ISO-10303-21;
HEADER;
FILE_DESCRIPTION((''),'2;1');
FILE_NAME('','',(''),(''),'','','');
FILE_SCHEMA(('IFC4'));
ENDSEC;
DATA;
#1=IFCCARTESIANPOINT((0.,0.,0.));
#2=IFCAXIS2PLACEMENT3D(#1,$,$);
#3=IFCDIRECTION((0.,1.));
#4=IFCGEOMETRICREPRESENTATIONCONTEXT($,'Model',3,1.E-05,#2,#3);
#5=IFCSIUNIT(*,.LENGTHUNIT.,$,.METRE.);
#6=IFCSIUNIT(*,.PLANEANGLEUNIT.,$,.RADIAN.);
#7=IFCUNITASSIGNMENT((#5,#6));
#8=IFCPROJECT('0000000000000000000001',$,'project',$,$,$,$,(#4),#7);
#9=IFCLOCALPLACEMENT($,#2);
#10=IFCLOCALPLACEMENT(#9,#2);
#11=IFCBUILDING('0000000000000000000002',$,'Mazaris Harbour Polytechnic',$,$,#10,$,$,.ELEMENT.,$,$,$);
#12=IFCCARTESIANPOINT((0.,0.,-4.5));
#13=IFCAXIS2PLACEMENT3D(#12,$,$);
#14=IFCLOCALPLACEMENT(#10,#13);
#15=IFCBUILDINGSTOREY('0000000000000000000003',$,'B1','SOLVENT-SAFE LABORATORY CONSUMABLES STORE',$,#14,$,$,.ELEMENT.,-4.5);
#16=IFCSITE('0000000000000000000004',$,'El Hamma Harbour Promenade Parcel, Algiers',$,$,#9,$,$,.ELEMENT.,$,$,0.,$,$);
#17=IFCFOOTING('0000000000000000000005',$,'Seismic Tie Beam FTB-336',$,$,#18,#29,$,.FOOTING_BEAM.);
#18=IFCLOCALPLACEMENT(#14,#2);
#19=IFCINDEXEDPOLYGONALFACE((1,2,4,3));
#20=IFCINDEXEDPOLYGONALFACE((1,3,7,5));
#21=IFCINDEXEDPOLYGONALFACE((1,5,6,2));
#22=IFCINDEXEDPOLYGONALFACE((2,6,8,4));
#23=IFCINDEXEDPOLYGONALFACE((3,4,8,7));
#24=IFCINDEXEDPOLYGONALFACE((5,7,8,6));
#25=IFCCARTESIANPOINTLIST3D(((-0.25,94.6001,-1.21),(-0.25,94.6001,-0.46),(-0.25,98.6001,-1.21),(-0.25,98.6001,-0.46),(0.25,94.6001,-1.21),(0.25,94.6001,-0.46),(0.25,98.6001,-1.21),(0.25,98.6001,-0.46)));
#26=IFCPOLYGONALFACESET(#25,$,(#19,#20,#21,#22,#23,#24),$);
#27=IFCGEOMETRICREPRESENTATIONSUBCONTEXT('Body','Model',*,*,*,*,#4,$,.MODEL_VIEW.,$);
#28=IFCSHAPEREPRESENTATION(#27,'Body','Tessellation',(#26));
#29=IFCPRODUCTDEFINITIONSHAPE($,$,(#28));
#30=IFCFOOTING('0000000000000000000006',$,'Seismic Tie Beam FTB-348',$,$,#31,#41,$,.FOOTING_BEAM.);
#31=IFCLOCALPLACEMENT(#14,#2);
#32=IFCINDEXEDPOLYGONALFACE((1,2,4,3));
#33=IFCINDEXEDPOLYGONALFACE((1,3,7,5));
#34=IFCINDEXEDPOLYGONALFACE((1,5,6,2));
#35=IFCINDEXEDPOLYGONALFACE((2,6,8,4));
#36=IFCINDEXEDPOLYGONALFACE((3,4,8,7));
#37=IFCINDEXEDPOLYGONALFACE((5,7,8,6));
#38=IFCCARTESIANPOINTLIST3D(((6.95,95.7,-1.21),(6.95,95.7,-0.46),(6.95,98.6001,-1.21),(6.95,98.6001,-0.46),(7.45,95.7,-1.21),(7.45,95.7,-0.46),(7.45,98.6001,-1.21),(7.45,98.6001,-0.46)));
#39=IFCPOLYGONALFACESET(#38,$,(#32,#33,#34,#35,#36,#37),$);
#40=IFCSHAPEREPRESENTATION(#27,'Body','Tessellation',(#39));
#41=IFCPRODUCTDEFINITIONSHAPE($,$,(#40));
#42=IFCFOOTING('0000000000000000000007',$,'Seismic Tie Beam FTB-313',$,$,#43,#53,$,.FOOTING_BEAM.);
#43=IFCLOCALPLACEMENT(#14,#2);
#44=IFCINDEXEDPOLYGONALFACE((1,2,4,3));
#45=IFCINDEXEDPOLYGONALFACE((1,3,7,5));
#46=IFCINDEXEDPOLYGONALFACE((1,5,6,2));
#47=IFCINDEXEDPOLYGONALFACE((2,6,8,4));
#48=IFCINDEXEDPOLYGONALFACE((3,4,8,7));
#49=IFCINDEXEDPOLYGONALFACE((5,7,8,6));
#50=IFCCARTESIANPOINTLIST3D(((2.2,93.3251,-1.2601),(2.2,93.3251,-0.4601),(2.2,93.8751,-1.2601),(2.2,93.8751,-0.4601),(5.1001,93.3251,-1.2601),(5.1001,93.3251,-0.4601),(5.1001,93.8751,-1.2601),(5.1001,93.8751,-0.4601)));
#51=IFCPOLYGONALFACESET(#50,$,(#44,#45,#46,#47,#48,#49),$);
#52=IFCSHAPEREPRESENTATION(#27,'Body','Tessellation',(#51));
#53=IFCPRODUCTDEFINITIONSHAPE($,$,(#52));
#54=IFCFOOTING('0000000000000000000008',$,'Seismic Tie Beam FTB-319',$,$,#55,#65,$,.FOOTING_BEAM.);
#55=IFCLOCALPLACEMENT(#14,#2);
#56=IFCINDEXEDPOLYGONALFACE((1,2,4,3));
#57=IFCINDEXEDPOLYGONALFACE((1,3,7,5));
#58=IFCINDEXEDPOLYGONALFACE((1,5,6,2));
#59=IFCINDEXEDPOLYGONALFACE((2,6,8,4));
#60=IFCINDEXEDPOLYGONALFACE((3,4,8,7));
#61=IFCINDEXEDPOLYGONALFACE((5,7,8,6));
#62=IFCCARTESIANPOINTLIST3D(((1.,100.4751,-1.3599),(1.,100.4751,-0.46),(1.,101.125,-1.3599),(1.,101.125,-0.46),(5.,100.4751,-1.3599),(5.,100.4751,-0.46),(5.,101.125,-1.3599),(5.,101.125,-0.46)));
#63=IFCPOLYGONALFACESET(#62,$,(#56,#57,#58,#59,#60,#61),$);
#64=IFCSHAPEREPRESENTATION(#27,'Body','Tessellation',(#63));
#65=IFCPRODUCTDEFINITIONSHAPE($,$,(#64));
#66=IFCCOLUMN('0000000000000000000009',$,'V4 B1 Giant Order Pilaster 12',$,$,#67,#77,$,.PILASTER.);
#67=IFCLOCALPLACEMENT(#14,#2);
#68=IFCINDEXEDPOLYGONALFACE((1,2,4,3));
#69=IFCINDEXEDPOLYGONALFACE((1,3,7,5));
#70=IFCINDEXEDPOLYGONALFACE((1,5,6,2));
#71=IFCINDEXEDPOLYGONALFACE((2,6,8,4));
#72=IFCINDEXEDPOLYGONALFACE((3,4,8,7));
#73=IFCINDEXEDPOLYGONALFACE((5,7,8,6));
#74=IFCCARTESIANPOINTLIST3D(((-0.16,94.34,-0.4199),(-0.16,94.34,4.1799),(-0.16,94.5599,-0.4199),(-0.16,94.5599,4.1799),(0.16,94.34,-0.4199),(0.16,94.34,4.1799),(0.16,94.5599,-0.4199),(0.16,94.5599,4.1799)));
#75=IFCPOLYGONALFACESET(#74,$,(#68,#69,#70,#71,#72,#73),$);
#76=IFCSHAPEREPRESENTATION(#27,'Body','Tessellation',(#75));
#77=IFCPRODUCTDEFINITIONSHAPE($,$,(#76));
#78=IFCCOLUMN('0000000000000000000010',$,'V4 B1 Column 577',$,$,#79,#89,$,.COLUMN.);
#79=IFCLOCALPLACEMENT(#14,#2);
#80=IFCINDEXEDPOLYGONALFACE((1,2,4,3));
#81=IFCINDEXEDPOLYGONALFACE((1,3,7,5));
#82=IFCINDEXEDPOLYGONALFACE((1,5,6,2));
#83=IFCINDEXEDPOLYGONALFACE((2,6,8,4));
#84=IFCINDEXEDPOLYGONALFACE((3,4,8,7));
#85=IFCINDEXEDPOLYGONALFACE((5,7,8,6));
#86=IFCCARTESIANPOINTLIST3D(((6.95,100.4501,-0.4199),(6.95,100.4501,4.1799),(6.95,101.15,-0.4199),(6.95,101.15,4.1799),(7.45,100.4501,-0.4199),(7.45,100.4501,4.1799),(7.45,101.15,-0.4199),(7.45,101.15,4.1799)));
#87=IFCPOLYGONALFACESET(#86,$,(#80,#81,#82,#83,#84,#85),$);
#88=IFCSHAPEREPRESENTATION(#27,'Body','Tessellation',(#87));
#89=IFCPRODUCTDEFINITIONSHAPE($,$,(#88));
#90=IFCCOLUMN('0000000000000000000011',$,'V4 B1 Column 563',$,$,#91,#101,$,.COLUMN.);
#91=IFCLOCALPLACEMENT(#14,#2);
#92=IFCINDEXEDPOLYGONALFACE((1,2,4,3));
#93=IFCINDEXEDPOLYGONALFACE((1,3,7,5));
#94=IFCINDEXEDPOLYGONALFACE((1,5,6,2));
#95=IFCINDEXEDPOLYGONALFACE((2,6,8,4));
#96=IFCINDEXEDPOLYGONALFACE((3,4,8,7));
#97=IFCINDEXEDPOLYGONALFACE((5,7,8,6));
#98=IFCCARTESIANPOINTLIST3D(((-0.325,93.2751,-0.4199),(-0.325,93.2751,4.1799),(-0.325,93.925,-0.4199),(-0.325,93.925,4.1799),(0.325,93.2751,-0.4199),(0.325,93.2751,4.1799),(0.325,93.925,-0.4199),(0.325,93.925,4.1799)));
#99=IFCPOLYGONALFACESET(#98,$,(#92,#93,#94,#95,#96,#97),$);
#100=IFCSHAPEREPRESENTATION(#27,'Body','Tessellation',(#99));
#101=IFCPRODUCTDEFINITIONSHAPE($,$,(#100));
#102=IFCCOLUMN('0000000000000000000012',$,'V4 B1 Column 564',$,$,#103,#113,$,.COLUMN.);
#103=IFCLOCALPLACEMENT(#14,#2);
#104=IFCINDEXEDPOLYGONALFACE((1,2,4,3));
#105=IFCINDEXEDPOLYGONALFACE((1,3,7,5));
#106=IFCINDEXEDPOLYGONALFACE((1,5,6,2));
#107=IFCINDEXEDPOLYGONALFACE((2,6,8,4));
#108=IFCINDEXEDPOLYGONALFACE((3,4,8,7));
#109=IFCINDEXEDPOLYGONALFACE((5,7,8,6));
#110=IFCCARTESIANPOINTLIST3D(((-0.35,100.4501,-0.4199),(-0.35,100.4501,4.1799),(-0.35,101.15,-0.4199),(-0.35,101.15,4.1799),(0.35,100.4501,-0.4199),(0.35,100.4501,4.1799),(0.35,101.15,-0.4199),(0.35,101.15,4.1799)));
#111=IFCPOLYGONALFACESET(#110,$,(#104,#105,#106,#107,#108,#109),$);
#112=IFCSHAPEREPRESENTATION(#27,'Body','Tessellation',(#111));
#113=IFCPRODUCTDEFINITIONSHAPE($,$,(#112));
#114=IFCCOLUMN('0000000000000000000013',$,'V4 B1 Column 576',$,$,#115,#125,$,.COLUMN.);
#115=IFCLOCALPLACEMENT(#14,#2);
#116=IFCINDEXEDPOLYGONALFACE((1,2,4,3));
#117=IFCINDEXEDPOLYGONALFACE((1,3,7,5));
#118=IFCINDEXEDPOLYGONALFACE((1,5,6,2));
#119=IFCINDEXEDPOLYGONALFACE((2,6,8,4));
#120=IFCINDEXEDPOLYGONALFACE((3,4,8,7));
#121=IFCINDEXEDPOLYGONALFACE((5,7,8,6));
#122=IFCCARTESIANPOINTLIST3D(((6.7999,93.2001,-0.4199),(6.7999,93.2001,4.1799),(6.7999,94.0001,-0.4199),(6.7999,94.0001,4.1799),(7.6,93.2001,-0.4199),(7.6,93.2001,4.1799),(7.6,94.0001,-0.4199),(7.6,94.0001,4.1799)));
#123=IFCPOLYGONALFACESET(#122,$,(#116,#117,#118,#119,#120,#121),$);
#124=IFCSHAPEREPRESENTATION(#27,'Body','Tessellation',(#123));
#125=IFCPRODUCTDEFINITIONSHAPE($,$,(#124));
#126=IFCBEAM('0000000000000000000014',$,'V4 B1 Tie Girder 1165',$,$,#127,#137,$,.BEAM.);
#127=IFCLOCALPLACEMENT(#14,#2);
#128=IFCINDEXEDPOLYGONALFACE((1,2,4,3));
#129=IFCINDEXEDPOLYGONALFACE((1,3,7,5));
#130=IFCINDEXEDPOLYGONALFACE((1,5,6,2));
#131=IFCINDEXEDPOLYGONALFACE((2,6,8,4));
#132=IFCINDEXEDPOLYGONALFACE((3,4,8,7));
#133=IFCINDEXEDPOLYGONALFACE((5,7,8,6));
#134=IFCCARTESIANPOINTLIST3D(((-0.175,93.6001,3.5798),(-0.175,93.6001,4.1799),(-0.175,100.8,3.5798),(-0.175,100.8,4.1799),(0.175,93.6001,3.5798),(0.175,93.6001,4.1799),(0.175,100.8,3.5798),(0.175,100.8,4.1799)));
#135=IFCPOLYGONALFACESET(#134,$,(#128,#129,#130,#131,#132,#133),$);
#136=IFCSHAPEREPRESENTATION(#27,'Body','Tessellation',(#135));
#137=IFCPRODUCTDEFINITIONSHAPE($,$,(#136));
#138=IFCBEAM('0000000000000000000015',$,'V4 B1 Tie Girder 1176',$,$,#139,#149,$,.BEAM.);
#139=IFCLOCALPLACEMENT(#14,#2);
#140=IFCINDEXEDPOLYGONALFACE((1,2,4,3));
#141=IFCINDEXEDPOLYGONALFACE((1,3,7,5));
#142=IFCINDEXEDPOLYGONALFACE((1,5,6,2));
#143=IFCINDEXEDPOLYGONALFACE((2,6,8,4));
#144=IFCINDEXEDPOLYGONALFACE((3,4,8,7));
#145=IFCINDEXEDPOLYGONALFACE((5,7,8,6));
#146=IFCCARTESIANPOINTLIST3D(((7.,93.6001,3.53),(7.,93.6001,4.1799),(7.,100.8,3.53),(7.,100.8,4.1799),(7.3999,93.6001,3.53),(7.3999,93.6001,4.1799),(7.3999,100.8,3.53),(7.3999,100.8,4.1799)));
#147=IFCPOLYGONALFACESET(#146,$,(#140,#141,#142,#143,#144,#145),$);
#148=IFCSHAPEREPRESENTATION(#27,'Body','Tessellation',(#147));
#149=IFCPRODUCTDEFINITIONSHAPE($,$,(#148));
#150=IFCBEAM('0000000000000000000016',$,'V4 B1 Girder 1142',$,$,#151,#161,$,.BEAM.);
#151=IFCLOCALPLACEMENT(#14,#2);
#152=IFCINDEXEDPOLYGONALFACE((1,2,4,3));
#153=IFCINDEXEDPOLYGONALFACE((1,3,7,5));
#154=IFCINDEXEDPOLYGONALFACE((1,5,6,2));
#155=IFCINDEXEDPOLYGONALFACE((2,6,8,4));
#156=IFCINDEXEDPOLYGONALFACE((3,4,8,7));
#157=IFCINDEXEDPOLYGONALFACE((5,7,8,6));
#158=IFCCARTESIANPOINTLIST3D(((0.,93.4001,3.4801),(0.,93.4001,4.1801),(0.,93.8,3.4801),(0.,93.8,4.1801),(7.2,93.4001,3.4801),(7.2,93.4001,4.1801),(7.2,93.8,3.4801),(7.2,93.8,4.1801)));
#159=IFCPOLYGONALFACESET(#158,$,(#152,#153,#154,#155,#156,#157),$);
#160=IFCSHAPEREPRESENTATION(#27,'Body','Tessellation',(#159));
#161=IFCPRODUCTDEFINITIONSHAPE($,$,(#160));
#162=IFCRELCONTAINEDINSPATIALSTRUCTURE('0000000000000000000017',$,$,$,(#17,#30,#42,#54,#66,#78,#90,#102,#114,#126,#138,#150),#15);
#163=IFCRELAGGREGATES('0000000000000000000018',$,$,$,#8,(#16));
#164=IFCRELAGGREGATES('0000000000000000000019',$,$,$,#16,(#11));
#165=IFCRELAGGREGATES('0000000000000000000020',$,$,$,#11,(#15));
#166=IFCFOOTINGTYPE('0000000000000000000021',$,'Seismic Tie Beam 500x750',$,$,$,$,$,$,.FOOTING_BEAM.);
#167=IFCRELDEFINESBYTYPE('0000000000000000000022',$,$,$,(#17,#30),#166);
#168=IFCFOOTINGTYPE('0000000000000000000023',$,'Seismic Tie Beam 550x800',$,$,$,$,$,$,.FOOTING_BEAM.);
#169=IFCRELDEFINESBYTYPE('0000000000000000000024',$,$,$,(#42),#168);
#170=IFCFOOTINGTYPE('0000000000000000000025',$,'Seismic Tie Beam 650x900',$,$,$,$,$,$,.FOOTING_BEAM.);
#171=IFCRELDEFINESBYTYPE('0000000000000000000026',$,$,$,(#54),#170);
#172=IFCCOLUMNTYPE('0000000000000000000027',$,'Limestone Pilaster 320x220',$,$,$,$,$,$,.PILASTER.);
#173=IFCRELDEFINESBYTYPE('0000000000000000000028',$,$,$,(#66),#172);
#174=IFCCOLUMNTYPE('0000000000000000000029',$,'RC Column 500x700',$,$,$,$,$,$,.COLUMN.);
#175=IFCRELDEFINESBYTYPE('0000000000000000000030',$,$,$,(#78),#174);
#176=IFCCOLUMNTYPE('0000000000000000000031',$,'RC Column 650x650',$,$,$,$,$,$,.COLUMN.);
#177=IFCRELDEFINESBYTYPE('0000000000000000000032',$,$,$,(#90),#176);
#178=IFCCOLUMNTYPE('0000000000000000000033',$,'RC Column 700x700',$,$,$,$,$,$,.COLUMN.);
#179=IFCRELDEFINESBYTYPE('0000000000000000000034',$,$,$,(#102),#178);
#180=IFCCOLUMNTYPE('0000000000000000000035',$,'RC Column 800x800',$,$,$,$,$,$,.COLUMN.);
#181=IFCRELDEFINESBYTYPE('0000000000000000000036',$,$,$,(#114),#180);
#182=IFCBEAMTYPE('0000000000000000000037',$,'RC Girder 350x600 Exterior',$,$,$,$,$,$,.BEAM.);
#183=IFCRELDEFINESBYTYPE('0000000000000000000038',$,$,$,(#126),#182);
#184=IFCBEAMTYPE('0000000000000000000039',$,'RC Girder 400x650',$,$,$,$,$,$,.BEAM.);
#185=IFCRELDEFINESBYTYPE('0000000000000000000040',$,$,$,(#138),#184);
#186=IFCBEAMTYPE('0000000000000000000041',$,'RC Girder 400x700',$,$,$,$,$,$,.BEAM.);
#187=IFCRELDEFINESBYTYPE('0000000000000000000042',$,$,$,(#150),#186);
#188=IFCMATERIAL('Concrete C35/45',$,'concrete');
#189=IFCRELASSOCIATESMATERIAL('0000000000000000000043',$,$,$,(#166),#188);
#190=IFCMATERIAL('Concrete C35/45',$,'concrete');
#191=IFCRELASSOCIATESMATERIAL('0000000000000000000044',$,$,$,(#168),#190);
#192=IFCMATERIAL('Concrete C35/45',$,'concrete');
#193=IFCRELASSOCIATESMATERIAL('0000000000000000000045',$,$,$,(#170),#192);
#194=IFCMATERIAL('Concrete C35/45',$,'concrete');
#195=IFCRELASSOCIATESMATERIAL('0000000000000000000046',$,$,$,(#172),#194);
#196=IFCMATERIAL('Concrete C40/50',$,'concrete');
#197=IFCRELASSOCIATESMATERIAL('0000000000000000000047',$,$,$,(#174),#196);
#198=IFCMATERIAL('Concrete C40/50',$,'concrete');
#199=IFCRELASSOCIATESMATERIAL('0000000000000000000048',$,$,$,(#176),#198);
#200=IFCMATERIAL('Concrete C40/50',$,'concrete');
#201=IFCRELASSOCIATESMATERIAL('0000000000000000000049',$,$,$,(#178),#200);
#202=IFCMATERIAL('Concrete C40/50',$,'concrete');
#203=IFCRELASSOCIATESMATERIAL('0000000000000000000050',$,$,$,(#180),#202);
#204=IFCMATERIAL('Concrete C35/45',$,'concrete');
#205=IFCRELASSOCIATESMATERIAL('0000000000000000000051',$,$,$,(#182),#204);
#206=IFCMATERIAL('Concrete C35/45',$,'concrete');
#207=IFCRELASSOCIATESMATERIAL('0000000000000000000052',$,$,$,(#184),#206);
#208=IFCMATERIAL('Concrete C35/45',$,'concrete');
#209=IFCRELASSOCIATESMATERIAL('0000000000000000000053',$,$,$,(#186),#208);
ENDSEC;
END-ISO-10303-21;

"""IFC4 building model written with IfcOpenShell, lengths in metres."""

from ifc_helpers import new_model, si_unit, direction, frame, origin, origin_2d, place, context, subcontext, project, spatial, rectangle, extrude, material, material_profile, profile_set, type_object, element, save


model = new_model("IFC4")

# Units and contexts
model_context = context("Model", 3, precision=1e-05, world=origin(), true_north=direction((0.0, 1.0)))
body_context = subcontext(model_context, "Body", "Model", "MODEL_VIEW")
ifc_project = project(units=[si_unit("LENGTHUNIT", "METRE"), si_unit("PLANEANGLEUNIT", "RADIAN")], contexts=[model_context])

# Site, building, storey
site_placement = place(None, origin())
site = spatial("IfcSite", under=ifc_project, at=site_placement, Name="El Hamma Harbour Promenade Parcel, Algiers", CompositionType="ELEMENT", RefElevation=0.0)
building_placement = place(site_placement, origin())
building = spatial("IfcBuilding", under=site, at=building_placement, Name="Mazaris Harbour Polytechnic", CompositionType="ELEMENT")
storey_placement = place(building_placement, frame((0.0, 0.0, -4.5)))
storey = spatial("IfcBuildingStorey", under=building, at=storey_placement, Name="B1", Description="SOLVENT-SAFE LABORATORY CONSUMABLES STORE", CompositionType="ELEMENT", Elevation=-4.5)

# Footings
ifc_material_1 = material(Name="Concrete C35/45", Category="concrete")
ifc_material_profile_1 = material_profile(ifc_material_1, rectangle(XDim=0.5, YDim=0.75, at=origin_2d()), Name="RECT500x750")
ifc_profile_set_1 = profile_set([ifc_material_profile_1], Name="Concrete C35/45")
footing_type_1 = type_object("IfcFootingType", Name="Seismic Tie Beam 500x750", PredefinedType="FOOTING_BEAM", material=ifc_profile_set_1)
footing_1_placement = place(storey_placement, frame((0.0, 94.6001, -0.835), z_axis=(0.0, 1.0, 0.0), x_axis=(-1.0, 0.0, 0.0)))
element("IfcFooting", 1, at=footing_1_placement, inside=storey, type_object=footing_type_1, Name="Seismic Tie Beam FTB-336", PredefinedType="FOOTING_BEAM", context=body_context, shape_type="SweptSolid", body=[
    extrude(rectangle(XDim=0.5, YDim=0.75, at=origin_2d()), origin(), (0.0, 0.0, 1.0), 4.0),
])
footing_2_placement = place(storey_placement, frame((7.2, 95.7, -0.835), z_axis=(0.0, 1.0, 0.0), x_axis=(-1.0, 0.0, 0.0)))
element("IfcFooting", 2, at=footing_2_placement, inside=storey, type_object=footing_type_1, Name="Seismic Tie Beam FTB-348", PredefinedType="FOOTING_BEAM", context=body_context, shape_type="SweptSolid", body=[
    extrude(rectangle(XDim=0.5, YDim=0.75, at=origin_2d()), origin(), (0.0, 0.0, 1.0), 2.9001),
])
ifc_material_2 = material(Name="Concrete C35/45", Category="concrete")
ifc_material_profile_2 = material_profile(ifc_material_2, rectangle(XDim=0.55, YDim=0.8, at=origin_2d()), Name="RECT550x800")
ifc_profile_set_2 = profile_set([ifc_material_profile_2], Name="Concrete C35/45")
footing_type_2 = type_object("IfcFootingType", Name="Seismic Tie Beam 550x800", PredefinedType="FOOTING_BEAM", material=ifc_profile_set_2)
footing_3_placement = place(storey_placement, frame((2.2, 93.6001, -0.8601), z_axis=(1.0, 0.0, 0.0), x_axis=(0.0, 1.0, 0.0)))
element("IfcFooting", 3, at=footing_3_placement, inside=storey, type_object=footing_type_2, Name="Seismic Tie Beam FTB-313", PredefinedType="FOOTING_BEAM", context=body_context, shape_type="SweptSolid", body=[
    extrude(rectangle(XDim=0.55, YDim=0.8, at=origin_2d()), origin(), (0.0, 0.0, 1.0), 2.9001),
])
ifc_material_3 = material(Name="Concrete C35/45", Category="concrete")
ifc_material_profile_3 = material_profile(ifc_material_3, rectangle(XDim=0.6499, YDim=0.8999, at=origin_2d()), Name="RECT650x900")
ifc_profile_set_3 = profile_set([ifc_material_profile_3], Name="Concrete C35/45")
footing_type_3 = type_object("IfcFootingType", Name="Seismic Tie Beam 650x900", PredefinedType="FOOTING_BEAM", material=ifc_profile_set_3)
footing_4_placement = place(storey_placement, frame((1.0, 100.8, -0.9099), z_axis=(1.0, 0.0, 0.0), x_axis=(0.0, 1.0, 0.0)))
element("IfcFooting", 4, at=footing_4_placement, inside=storey, type_object=footing_type_3, Name="Seismic Tie Beam FTB-319", PredefinedType="FOOTING_BEAM", context=body_context, shape_type="SweptSolid", body=[
    extrude(rectangle(XDim=0.6499, YDim=0.8999, at=origin_2d()), origin(), (0.0, 0.0, 1.0), 4.0),
])

# Columns
ifc_material_4 = material(Name="Concrete C35/45", Category="concrete")
ifc_material_profile_4 = material_profile(ifc_material_4, rectangle(XDim=0.3201, YDim=0.22, at=origin_2d()), Name="RECT320x220")
ifc_profile_set_4 = profile_set([ifc_material_profile_4], Name="Concrete C35/45")
column_type_1 = type_object("IfcColumnType", Name="Limestone Pilaster 320x220", PredefinedType="PILASTER", material=ifc_profile_set_4)
column_1_placement = place(storey_placement, frame((0.0, 94.45, -0.4199), z_axis=(0.0, 0.0, 1.0), x_axis=(1.0, 0.0, 0.0)))
element("IfcColumn", 5, at=column_1_placement, inside=storey, type_object=column_type_1, Name="V4 B1 Giant Order Pilaster 12", PredefinedType="PILASTER", context=body_context, shape_type="SweptSolid", body=[
    extrude(rectangle(XDim=0.3201, YDim=0.22, at=origin_2d()), origin(), (0.0, 0.0, 1.0), 4.5999),
])
ifc_material_5 = material(Name="Concrete C40/50", Category="concrete")
ifc_material_profile_5 = material_profile(ifc_material_5, rectangle(XDim=0.5, YDim=0.7, at=origin_2d()), Name="RECT500x700")
ifc_profile_set_5 = profile_set([ifc_material_profile_5], Name="Concrete C40/50")
column_type_2 = type_object("IfcColumnType", Name="RC Column 500x700", PredefinedType="COLUMN", material=ifc_profile_set_5)
column_2_placement = place(storey_placement, frame((7.2, 100.8, -0.4199), z_axis=(0.0, 0.0, 1.0), x_axis=(1.0, 0.0, 0.0)))
element("IfcColumn", 6, at=column_2_placement, inside=storey, type_object=column_type_2, Name="V4 B1 Column 577", PredefinedType="COLUMN", context=body_context, shape_type="SweptSolid", body=[
    extrude(rectangle(XDim=0.5, YDim=0.7, at=origin_2d()), origin(), (0.0, 0.0, 1.0), 4.5999),
])
ifc_material_6 = material(Name="Concrete C40/50", Category="concrete")
ifc_material_profile_6 = material_profile(ifc_material_6, rectangle(XDim=0.6499, YDim=0.6499, at=origin_2d()), Name="RECT650x650")
ifc_profile_set_6 = profile_set([ifc_material_profile_6], Name="Concrete C40/50")
column_type_3 = type_object("IfcColumnType", Name="RC Column 650x650", PredefinedType="COLUMN", material=ifc_profile_set_6)
column_3_placement = place(storey_placement, frame((0.0, 93.6001, -0.4199), z_axis=(0.0, 0.0, 1.0), x_axis=(1.0, 0.0, 0.0)))
element("IfcColumn", 7, at=column_3_placement, inside=storey, type_object=column_type_3, Name="V4 B1 Column 563", PredefinedType="COLUMN", context=body_context, shape_type="SweptSolid", body=[
    extrude(rectangle(XDim=0.6499, YDim=0.6499, at=origin_2d()), origin(), (0.0, 0.0, 1.0), 4.5999),
])
ifc_material_7 = material(Name="Concrete C40/50", Category="concrete")
ifc_material_profile_7 = material_profile(ifc_material_7, rectangle(XDim=0.7, YDim=0.7, at=origin_2d()), Name="RECT700x700")
ifc_profile_set_7 = profile_set([ifc_material_profile_7], Name="Concrete C40/50")
column_type_4 = type_object("IfcColumnType", Name="RC Column 700x700", PredefinedType="COLUMN", material=ifc_profile_set_7)
column_4_placement = place(storey_placement, frame((0.0, 100.8, -0.4199), z_axis=(0.0, 0.0, 1.0), x_axis=(1.0, 0.0, 0.0)))
element("IfcColumn", 8, at=column_4_placement, inside=storey, type_object=column_type_4, Name="V4 B1 Column 564", PredefinedType="COLUMN", context=body_context, shape_type="SweptSolid", body=[
    extrude(rectangle(XDim=0.7, YDim=0.7, at=origin_2d()), origin(), (0.0, 0.0, 1.0), 4.5999),
])
ifc_material_8 = material(Name="Concrete C40/50", Category="concrete")
ifc_material_profile_8 = material_profile(ifc_material_8, rectangle(XDim=0.8, YDim=0.8, at=origin_2d()), Name="RECT800x800")
ifc_profile_set_8 = profile_set([ifc_material_profile_8], Name="Concrete C40/50")
column_type_5 = type_object("IfcColumnType", Name="RC Column 800x800", PredefinedType="COLUMN", material=ifc_profile_set_8)
column_5_placement = place(storey_placement, frame((7.2, 93.6001, -0.4199), z_axis=(0.0, 0.0, 1.0), x_axis=(1.0, 0.0, 0.0)))
element("IfcColumn", 9, at=column_5_placement, inside=storey, type_object=column_type_5, Name="V4 B1 Column 576", PredefinedType="COLUMN", context=body_context, shape_type="SweptSolid", body=[
    extrude(rectangle(XDim=0.8, YDim=0.8, at=origin_2d()), origin(), (0.0, 0.0, 1.0), 4.5999),
])

# Beams
ifc_material_9 = material(Name="Concrete C35/45", Category="concrete")
ifc_material_profile_9 = material_profile(ifc_material_9, rectangle(XDim=0.3501, YDim=0.6001, at=origin_2d()), Name="RECT350x600")
ifc_profile_set_9 = profile_set([ifc_material_profile_9], Name="Concrete C35/45")
beam_type_1 = type_object("IfcBeamType", Name="RC Girder 350x600 Exterior", PredefinedType="BEAM", material=ifc_profile_set_9)
beam_1_placement = place(storey_placement, frame((0.0, 93.6001, 3.8799), z_axis=(0.0, 1.0, 0.0), x_axis=(-1.0, 0.0, 0.0)))
element("IfcBeam", 10, at=beam_1_placement, inside=storey, type_object=beam_type_1, Name="V4 B1 Tie Girder 1165", PredefinedType="BEAM", context=body_context, shape_type="SweptSolid", body=[
    extrude(rectangle(XDim=0.3501, YDim=0.6001, at=origin_2d()), origin(), (0.0, 0.0, 1.0), 7.2),
])
ifc_material_10 = material(Name="Concrete C35/45", Category="concrete")
ifc_material_profile_10 = material_profile(ifc_material_10, rectangle(XDim=0.3999, YDim=0.6499, at=origin_2d()), Name="RECT400x650")
ifc_profile_set_10 = profile_set([ifc_material_profile_10], Name="Concrete C35/45")
beam_type_2 = type_object("IfcBeamType", Name="RC Girder 400x650", PredefinedType="BEAM", material=ifc_profile_set_10)
beam_2_placement = place(storey_placement, frame((7.2, 93.6001, 3.855), z_axis=(0.0, 1.0, 0.0), x_axis=(-1.0, 0.0, 0.0)))
element("IfcBeam", 11, at=beam_2_placement, inside=storey, type_object=beam_type_2, Name="V4 B1 Tie Girder 1176", PredefinedType="BEAM", context=body_context, shape_type="SweptSolid", body=[
    extrude(rectangle(XDim=0.3999, YDim=0.6499, at=origin_2d()), origin(), (0.0, 0.0, 1.0), 7.2),
])
ifc_material_11 = material(Name="Concrete C35/45", Category="concrete")
ifc_material_profile_11 = material_profile(ifc_material_11, rectangle(XDim=0.3999, YDim=0.7, at=origin_2d()), Name="RECT400x700")
ifc_profile_set_11 = profile_set([ifc_material_profile_11], Name="Concrete C35/45")
beam_type_3 = type_object("IfcBeamType", Name="RC Girder 400x700", PredefinedType="BEAM", material=ifc_profile_set_11)
beam_3_placement = place(storey_placement, frame((0.0, 93.6001, 3.8301), z_axis=(1.0, 0.0, 0.0), x_axis=(0.0, 1.0, 0.0)))
element("IfcBeam", 12, at=beam_3_placement, inside=storey, type_object=beam_type_3, Name="V4 B1 Girder 1142", PredefinedType="BEAM", context=body_context, shape_type="SweptSolid", body=[
    extrude(rectangle(XDim=0.3999, YDim=0.7, at=origin_2d()), origin(), (0.0, 0.0, 1.0), 7.2),
])

save(model, "model.ifc")
